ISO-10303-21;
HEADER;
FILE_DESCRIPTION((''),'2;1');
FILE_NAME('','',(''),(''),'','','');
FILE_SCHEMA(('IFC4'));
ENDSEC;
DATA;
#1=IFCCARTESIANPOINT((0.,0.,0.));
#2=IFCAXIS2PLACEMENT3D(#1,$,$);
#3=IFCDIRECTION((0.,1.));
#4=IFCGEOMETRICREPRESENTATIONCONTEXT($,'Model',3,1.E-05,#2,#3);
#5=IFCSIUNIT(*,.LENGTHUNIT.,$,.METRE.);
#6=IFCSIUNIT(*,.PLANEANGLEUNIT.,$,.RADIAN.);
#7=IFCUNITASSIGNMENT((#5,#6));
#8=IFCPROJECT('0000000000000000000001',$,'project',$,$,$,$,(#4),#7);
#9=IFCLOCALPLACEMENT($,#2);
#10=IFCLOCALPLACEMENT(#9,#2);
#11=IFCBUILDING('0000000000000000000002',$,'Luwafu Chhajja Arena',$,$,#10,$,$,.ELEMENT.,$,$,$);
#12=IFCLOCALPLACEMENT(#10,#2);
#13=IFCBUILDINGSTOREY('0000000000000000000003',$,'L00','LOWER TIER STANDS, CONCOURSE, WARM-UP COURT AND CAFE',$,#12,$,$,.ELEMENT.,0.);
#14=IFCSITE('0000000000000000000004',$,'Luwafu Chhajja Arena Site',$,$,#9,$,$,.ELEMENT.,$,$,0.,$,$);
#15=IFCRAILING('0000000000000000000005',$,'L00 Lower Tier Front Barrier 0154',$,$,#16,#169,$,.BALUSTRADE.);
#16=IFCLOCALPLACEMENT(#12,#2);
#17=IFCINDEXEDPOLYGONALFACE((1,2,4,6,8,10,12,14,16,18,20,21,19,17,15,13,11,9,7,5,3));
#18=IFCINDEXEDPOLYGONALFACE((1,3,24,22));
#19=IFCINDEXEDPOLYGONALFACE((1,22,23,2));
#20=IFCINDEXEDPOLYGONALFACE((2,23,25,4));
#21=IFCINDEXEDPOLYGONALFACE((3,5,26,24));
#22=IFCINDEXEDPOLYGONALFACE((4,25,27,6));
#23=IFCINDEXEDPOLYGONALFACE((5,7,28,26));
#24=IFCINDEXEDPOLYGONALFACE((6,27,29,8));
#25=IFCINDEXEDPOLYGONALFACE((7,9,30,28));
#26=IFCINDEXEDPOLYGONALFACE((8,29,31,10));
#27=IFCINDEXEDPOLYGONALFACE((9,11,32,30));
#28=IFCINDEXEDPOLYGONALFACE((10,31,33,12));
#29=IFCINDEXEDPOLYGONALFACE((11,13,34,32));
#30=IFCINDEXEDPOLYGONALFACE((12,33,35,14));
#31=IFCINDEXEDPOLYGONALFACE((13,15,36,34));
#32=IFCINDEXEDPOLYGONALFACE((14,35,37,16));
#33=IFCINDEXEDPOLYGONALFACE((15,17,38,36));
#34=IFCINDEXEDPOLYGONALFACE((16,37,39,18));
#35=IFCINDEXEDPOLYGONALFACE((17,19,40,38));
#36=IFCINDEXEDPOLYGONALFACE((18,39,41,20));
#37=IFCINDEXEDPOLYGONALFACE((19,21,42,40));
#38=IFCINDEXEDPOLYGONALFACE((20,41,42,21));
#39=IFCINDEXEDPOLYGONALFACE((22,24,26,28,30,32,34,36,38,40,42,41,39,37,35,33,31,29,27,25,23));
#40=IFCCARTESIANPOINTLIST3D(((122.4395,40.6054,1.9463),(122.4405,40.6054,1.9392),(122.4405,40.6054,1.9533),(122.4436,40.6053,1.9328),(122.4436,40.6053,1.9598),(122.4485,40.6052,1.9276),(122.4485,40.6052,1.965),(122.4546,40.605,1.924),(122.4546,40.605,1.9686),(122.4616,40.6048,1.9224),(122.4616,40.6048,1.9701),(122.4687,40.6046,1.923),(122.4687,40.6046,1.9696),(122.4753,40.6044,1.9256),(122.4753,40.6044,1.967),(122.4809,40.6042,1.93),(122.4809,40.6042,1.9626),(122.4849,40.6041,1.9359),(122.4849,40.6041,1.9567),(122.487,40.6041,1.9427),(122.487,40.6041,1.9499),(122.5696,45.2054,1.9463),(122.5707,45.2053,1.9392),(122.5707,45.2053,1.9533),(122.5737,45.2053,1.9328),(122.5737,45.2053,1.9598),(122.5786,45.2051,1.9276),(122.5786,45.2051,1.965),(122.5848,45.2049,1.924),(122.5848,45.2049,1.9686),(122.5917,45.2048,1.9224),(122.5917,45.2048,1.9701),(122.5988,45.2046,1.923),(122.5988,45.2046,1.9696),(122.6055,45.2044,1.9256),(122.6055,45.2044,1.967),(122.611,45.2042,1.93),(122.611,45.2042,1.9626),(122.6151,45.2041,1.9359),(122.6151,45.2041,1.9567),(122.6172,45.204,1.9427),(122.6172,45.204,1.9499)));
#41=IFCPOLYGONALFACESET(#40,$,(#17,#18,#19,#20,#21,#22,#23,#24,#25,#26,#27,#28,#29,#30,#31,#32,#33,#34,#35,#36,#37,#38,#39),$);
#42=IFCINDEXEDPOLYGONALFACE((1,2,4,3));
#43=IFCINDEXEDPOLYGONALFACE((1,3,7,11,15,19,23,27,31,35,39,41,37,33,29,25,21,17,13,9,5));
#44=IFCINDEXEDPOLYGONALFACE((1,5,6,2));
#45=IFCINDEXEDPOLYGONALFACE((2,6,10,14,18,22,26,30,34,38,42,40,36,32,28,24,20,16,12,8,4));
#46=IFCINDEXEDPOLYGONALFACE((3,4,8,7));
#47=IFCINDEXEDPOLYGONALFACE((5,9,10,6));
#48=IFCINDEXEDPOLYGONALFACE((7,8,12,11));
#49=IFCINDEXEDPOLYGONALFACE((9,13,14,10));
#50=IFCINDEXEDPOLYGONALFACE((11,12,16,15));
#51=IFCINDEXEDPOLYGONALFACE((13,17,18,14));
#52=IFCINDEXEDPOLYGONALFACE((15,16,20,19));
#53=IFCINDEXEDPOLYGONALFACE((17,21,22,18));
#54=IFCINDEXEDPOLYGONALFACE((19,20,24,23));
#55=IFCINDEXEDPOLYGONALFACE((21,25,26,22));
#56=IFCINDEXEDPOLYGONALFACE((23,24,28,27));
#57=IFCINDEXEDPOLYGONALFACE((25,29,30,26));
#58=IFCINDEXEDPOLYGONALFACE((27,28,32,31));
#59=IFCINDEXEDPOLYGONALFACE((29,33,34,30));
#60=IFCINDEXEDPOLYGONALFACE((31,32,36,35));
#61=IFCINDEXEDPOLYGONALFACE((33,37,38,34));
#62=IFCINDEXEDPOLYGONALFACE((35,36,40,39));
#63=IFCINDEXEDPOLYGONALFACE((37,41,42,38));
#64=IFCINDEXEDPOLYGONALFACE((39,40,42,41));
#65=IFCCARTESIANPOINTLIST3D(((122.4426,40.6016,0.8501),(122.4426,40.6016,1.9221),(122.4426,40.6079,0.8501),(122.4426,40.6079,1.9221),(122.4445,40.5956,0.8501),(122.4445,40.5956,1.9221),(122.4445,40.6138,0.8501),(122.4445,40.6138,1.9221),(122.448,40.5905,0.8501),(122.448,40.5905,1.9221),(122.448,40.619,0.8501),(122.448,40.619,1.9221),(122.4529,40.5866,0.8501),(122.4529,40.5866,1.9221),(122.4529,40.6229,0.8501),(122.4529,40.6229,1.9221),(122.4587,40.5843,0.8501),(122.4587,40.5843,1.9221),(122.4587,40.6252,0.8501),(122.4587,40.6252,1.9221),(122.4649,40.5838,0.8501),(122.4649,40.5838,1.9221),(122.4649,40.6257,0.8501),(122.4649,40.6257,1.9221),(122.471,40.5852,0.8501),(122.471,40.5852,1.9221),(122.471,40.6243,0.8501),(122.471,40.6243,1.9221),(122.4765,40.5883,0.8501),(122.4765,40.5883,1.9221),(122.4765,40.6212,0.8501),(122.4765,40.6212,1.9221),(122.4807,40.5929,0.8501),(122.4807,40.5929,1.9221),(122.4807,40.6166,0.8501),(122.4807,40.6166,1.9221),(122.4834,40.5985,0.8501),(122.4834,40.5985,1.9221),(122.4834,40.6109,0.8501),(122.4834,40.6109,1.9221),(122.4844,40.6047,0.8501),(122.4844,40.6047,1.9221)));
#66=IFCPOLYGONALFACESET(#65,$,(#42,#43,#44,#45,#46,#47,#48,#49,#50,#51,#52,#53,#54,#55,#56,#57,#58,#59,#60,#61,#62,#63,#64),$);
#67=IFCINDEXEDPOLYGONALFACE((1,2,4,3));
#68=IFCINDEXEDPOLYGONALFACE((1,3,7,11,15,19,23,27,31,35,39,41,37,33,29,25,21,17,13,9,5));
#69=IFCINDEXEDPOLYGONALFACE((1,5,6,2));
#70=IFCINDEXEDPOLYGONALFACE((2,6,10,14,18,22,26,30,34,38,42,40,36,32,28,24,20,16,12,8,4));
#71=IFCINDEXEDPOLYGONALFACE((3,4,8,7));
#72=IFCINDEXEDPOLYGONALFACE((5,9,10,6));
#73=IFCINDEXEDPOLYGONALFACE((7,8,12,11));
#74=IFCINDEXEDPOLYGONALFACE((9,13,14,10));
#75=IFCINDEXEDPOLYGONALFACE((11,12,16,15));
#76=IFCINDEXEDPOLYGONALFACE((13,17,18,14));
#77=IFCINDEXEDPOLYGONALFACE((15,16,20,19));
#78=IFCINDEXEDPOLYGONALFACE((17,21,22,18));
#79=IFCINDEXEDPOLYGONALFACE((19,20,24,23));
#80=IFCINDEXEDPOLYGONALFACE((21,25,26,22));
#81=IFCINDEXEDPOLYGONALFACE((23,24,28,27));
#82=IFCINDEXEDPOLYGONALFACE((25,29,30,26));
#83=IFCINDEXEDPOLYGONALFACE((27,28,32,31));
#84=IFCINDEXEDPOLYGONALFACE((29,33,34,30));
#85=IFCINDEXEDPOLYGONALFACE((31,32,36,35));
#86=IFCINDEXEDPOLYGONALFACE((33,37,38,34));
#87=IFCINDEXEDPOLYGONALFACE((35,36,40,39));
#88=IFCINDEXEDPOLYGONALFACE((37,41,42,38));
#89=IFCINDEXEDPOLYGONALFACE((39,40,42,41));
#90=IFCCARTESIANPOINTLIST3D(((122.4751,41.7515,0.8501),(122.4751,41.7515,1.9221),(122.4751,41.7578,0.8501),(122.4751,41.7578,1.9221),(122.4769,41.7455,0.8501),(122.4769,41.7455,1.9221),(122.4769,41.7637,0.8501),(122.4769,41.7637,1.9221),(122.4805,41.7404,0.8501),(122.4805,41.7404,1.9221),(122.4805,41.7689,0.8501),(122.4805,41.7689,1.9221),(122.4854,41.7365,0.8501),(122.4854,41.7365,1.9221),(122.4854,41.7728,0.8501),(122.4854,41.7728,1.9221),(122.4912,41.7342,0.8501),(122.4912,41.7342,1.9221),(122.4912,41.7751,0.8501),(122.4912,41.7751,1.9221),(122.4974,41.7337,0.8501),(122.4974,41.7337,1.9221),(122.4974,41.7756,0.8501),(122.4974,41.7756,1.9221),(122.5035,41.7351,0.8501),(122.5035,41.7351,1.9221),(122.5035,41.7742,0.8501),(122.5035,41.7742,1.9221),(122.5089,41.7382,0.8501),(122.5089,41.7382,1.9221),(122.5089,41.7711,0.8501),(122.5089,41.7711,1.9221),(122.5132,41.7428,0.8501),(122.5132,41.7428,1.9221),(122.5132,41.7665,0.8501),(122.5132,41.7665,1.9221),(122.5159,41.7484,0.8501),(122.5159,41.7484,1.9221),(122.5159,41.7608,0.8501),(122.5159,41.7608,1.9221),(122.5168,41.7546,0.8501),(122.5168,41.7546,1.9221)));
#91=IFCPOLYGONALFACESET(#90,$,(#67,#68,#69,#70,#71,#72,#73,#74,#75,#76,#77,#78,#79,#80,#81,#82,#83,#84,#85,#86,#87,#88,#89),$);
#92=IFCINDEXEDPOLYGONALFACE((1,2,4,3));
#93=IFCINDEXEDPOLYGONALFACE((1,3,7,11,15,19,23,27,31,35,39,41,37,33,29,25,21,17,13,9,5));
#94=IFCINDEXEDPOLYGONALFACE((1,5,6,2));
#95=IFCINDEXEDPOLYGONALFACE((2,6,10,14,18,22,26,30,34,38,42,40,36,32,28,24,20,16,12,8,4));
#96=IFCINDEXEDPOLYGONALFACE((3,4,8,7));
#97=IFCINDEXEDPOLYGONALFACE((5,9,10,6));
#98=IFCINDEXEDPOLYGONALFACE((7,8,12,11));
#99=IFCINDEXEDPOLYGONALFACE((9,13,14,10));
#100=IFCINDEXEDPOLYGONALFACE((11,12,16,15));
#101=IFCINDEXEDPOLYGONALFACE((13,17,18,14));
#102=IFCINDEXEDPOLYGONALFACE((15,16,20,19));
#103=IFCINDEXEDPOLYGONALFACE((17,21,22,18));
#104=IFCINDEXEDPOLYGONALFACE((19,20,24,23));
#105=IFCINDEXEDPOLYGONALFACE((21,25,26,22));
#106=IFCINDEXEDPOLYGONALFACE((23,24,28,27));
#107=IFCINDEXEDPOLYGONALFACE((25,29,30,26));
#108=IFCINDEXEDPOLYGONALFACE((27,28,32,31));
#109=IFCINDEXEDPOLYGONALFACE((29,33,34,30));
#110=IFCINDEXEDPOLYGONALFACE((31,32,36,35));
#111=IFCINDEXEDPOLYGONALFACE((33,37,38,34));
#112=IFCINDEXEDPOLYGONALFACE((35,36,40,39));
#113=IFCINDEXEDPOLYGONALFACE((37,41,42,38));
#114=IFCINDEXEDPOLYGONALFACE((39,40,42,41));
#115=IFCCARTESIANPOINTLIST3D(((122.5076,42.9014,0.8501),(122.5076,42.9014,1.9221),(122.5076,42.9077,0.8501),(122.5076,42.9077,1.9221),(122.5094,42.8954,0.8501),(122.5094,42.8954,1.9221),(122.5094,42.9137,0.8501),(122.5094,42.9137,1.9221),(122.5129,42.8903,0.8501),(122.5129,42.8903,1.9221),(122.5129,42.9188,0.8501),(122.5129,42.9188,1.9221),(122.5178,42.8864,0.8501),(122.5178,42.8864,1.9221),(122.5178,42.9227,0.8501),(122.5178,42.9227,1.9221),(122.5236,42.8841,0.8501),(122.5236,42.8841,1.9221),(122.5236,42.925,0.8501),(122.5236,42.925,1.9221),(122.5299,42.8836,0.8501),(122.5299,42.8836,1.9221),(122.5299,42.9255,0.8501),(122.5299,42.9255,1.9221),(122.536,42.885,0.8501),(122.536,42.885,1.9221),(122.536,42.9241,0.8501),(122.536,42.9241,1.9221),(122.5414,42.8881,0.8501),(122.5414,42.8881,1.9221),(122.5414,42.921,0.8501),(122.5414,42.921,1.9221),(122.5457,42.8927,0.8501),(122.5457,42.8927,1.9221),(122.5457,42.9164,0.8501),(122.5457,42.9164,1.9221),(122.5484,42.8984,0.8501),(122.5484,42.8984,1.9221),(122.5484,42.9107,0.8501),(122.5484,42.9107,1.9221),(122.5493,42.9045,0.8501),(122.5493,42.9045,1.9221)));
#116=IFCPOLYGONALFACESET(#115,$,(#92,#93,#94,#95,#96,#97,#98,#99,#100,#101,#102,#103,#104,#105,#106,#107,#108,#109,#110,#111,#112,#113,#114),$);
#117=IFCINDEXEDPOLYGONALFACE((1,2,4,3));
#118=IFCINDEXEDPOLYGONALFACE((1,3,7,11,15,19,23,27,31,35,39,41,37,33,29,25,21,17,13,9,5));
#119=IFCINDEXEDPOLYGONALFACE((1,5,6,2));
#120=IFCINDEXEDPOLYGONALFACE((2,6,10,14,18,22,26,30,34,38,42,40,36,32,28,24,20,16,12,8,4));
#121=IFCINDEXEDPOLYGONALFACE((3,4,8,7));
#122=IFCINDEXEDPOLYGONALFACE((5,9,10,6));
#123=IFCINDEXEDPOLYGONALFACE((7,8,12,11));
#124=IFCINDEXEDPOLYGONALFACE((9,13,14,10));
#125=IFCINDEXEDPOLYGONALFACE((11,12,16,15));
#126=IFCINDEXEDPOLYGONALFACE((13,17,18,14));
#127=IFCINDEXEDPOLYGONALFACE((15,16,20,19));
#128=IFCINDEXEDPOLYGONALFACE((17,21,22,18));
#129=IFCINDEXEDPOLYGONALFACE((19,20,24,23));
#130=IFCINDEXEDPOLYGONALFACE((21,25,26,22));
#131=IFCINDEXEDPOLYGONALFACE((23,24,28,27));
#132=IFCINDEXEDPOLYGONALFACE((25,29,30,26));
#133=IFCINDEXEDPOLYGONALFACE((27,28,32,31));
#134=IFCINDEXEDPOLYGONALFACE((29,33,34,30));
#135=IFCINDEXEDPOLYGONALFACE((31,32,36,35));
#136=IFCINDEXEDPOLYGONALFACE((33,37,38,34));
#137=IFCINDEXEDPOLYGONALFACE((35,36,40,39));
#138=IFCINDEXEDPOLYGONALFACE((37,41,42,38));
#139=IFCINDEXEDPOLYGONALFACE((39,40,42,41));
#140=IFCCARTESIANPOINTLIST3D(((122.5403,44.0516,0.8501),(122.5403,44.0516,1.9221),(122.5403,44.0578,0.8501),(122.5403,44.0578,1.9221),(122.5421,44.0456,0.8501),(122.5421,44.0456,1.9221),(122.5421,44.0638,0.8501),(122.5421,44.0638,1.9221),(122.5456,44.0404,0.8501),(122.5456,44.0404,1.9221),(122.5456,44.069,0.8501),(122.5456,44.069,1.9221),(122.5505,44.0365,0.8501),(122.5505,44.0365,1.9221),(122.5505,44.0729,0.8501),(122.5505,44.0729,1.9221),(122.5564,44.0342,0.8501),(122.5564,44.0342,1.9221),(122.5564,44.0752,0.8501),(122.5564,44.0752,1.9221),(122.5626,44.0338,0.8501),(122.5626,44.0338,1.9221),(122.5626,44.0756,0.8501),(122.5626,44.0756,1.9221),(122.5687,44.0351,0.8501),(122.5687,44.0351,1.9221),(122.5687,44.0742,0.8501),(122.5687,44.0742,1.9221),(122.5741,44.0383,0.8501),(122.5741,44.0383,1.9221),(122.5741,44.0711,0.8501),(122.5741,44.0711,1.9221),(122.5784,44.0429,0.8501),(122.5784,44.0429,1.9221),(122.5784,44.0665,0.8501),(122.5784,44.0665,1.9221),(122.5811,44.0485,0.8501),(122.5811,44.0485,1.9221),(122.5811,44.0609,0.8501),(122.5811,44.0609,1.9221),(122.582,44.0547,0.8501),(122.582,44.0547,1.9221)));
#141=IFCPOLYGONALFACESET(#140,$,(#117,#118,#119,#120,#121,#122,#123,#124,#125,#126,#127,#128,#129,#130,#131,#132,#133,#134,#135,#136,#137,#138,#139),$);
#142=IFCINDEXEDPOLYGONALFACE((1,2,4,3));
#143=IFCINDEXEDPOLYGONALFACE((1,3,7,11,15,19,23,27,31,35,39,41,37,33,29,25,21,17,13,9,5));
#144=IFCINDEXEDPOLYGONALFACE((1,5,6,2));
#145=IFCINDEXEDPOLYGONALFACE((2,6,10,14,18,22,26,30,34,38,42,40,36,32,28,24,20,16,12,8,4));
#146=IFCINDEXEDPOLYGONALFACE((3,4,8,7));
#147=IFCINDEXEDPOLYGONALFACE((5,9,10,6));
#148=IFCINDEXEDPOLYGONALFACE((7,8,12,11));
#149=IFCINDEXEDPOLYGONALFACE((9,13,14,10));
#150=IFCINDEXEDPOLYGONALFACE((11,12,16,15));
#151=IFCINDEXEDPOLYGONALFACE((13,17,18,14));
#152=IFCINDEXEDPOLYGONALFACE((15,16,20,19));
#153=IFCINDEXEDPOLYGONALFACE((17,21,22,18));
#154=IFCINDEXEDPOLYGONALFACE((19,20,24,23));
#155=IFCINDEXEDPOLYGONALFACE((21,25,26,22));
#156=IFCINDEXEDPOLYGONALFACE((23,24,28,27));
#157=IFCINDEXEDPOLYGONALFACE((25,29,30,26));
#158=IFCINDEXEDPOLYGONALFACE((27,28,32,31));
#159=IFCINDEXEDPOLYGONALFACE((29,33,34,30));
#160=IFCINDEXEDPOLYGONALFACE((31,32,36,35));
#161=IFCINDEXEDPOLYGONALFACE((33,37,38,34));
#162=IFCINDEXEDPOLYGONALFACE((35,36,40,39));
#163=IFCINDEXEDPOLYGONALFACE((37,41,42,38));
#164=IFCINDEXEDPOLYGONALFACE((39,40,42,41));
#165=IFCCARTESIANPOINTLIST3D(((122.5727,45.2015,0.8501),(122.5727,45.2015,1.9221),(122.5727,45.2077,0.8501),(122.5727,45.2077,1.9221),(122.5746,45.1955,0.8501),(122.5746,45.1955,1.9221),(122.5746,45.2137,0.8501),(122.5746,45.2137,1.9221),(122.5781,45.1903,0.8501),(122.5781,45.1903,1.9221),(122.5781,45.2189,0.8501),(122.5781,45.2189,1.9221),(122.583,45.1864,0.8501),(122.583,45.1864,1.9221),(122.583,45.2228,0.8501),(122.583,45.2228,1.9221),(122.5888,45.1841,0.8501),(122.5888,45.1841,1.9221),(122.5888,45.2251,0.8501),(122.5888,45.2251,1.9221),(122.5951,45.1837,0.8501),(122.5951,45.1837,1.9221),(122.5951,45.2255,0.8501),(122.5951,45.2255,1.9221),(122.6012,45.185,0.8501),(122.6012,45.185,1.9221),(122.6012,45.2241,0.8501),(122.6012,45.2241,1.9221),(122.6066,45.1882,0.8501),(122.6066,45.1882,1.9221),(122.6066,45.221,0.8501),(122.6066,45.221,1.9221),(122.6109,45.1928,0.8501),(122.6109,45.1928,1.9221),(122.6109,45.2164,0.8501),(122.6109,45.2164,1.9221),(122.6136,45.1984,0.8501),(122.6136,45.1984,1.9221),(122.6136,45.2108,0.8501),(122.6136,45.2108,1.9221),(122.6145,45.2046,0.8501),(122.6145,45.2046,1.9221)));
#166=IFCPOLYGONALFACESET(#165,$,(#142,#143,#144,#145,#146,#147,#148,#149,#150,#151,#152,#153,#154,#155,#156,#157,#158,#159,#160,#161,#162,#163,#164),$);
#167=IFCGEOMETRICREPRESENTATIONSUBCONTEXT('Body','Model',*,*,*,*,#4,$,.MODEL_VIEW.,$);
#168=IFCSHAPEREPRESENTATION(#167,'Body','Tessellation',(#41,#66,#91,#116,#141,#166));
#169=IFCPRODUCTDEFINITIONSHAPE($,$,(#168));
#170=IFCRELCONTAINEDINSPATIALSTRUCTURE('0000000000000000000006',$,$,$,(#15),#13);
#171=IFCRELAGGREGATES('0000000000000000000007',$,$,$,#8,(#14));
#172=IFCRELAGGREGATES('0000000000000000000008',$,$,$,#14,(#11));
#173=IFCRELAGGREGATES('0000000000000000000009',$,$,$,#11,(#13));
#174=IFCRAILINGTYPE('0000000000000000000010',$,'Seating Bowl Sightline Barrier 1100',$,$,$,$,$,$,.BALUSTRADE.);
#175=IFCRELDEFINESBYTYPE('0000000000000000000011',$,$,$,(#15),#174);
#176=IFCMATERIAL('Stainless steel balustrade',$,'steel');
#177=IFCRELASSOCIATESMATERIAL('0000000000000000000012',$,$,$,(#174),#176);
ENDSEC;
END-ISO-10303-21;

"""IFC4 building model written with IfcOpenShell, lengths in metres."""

from ifc_helpers import new_model, si_unit, direction, frame, origin, origin_2d, place, context, subcontext, project, spatial, circle, extrude, material, type_object, element, save


model = new_model("IFC4")

# Units and contexts
model_context = context("Model", 3, precision=1e-05, world=origin(), true_north=direction((0.0, 1.0)))
body_context = subcontext(model_context, "Body", "Model", "MODEL_VIEW")
ifc_project = project(units=[si_unit("LENGTHUNIT", "METRE"), si_unit("PLANEANGLEUNIT", "RADIAN")], contexts=[model_context])

# Site, building, storey
site_placement = place(None, origin())
site = spatial("IfcSite", under=ifc_project, at=site_placement, Name="Luwafu Chhajja Arena Site", CompositionType="ELEMENT", RefElevation=0.0)
building_placement = place(site_placement, origin())
building = spatial("IfcBuilding", under=site, at=building_placement, Name="Luwafu Chhajja Arena", CompositionType="ELEMENT")
storey_placement = place(building_placement, origin())
storey = spatial("IfcBuildingStorey", under=building, at=storey_placement, Name="L00", Description="LOWER TIER STANDS, CONCOURSE, WARM-UP COURT AND CAFE", CompositionType="ELEMENT", Elevation=0.0)

# Railing
ifc_material_1 = material(Name="Stainless steel balustrade", Category="steel")
railing_type = type_object("IfcRailingType", Name="Seating Bowl Sightline Barrier 1100", PredefinedType="BALUSTRADE", material=ifc_material_1)
railing_1_placement = place(storey_placement, frame((122.4634, 40.6047, 0.8501)))
element("IfcRailing", 1, at=railing_1_placement, inside=storey, type_object=railing_type, Name="L00 Lower Tier Front Barrier 0154", PredefinedType="BALUSTRADE", context=body_context, shape_type="SweptSolid", body=[
    extrude(circle(Radius=0.0239, at=origin_2d()), frame((0.0, 0.0, 1.0962), z_axis=(0.028278, 0.9996, 0.0), x_axis=(-0.9996, 0.028278, 0.0)), (0.0, 0.0, 1.0), 4.6018),
    extrude(circle(Radius=0.021, at=origin_2d()), origin(), (0.0, 0.0, 1.0), 1.072),
    extrude(circle(Radius=0.021, at=origin_2d()), frame((0.0325, 1.1499, 0.0)), (0.0, 0.0, 1.0), 1.072),
    extrude(circle(Radius=0.021, at=origin_2d()), frame((0.0649, 2.2998, 0.0)), (0.0, 0.0, 1.0), 1.072),
    extrude(circle(Radius=0.021, at=origin_2d()), frame((0.0977, 3.45, 0.0)), (0.0, 0.0, 1.0), 1.072),
    extrude(circle(Radius=0.021, at=origin_2d()), frame((0.1301, 4.5999, 0.0)), (0.0, 0.0, 1.0), 1.072),
])

save(model, "model.ifc")
